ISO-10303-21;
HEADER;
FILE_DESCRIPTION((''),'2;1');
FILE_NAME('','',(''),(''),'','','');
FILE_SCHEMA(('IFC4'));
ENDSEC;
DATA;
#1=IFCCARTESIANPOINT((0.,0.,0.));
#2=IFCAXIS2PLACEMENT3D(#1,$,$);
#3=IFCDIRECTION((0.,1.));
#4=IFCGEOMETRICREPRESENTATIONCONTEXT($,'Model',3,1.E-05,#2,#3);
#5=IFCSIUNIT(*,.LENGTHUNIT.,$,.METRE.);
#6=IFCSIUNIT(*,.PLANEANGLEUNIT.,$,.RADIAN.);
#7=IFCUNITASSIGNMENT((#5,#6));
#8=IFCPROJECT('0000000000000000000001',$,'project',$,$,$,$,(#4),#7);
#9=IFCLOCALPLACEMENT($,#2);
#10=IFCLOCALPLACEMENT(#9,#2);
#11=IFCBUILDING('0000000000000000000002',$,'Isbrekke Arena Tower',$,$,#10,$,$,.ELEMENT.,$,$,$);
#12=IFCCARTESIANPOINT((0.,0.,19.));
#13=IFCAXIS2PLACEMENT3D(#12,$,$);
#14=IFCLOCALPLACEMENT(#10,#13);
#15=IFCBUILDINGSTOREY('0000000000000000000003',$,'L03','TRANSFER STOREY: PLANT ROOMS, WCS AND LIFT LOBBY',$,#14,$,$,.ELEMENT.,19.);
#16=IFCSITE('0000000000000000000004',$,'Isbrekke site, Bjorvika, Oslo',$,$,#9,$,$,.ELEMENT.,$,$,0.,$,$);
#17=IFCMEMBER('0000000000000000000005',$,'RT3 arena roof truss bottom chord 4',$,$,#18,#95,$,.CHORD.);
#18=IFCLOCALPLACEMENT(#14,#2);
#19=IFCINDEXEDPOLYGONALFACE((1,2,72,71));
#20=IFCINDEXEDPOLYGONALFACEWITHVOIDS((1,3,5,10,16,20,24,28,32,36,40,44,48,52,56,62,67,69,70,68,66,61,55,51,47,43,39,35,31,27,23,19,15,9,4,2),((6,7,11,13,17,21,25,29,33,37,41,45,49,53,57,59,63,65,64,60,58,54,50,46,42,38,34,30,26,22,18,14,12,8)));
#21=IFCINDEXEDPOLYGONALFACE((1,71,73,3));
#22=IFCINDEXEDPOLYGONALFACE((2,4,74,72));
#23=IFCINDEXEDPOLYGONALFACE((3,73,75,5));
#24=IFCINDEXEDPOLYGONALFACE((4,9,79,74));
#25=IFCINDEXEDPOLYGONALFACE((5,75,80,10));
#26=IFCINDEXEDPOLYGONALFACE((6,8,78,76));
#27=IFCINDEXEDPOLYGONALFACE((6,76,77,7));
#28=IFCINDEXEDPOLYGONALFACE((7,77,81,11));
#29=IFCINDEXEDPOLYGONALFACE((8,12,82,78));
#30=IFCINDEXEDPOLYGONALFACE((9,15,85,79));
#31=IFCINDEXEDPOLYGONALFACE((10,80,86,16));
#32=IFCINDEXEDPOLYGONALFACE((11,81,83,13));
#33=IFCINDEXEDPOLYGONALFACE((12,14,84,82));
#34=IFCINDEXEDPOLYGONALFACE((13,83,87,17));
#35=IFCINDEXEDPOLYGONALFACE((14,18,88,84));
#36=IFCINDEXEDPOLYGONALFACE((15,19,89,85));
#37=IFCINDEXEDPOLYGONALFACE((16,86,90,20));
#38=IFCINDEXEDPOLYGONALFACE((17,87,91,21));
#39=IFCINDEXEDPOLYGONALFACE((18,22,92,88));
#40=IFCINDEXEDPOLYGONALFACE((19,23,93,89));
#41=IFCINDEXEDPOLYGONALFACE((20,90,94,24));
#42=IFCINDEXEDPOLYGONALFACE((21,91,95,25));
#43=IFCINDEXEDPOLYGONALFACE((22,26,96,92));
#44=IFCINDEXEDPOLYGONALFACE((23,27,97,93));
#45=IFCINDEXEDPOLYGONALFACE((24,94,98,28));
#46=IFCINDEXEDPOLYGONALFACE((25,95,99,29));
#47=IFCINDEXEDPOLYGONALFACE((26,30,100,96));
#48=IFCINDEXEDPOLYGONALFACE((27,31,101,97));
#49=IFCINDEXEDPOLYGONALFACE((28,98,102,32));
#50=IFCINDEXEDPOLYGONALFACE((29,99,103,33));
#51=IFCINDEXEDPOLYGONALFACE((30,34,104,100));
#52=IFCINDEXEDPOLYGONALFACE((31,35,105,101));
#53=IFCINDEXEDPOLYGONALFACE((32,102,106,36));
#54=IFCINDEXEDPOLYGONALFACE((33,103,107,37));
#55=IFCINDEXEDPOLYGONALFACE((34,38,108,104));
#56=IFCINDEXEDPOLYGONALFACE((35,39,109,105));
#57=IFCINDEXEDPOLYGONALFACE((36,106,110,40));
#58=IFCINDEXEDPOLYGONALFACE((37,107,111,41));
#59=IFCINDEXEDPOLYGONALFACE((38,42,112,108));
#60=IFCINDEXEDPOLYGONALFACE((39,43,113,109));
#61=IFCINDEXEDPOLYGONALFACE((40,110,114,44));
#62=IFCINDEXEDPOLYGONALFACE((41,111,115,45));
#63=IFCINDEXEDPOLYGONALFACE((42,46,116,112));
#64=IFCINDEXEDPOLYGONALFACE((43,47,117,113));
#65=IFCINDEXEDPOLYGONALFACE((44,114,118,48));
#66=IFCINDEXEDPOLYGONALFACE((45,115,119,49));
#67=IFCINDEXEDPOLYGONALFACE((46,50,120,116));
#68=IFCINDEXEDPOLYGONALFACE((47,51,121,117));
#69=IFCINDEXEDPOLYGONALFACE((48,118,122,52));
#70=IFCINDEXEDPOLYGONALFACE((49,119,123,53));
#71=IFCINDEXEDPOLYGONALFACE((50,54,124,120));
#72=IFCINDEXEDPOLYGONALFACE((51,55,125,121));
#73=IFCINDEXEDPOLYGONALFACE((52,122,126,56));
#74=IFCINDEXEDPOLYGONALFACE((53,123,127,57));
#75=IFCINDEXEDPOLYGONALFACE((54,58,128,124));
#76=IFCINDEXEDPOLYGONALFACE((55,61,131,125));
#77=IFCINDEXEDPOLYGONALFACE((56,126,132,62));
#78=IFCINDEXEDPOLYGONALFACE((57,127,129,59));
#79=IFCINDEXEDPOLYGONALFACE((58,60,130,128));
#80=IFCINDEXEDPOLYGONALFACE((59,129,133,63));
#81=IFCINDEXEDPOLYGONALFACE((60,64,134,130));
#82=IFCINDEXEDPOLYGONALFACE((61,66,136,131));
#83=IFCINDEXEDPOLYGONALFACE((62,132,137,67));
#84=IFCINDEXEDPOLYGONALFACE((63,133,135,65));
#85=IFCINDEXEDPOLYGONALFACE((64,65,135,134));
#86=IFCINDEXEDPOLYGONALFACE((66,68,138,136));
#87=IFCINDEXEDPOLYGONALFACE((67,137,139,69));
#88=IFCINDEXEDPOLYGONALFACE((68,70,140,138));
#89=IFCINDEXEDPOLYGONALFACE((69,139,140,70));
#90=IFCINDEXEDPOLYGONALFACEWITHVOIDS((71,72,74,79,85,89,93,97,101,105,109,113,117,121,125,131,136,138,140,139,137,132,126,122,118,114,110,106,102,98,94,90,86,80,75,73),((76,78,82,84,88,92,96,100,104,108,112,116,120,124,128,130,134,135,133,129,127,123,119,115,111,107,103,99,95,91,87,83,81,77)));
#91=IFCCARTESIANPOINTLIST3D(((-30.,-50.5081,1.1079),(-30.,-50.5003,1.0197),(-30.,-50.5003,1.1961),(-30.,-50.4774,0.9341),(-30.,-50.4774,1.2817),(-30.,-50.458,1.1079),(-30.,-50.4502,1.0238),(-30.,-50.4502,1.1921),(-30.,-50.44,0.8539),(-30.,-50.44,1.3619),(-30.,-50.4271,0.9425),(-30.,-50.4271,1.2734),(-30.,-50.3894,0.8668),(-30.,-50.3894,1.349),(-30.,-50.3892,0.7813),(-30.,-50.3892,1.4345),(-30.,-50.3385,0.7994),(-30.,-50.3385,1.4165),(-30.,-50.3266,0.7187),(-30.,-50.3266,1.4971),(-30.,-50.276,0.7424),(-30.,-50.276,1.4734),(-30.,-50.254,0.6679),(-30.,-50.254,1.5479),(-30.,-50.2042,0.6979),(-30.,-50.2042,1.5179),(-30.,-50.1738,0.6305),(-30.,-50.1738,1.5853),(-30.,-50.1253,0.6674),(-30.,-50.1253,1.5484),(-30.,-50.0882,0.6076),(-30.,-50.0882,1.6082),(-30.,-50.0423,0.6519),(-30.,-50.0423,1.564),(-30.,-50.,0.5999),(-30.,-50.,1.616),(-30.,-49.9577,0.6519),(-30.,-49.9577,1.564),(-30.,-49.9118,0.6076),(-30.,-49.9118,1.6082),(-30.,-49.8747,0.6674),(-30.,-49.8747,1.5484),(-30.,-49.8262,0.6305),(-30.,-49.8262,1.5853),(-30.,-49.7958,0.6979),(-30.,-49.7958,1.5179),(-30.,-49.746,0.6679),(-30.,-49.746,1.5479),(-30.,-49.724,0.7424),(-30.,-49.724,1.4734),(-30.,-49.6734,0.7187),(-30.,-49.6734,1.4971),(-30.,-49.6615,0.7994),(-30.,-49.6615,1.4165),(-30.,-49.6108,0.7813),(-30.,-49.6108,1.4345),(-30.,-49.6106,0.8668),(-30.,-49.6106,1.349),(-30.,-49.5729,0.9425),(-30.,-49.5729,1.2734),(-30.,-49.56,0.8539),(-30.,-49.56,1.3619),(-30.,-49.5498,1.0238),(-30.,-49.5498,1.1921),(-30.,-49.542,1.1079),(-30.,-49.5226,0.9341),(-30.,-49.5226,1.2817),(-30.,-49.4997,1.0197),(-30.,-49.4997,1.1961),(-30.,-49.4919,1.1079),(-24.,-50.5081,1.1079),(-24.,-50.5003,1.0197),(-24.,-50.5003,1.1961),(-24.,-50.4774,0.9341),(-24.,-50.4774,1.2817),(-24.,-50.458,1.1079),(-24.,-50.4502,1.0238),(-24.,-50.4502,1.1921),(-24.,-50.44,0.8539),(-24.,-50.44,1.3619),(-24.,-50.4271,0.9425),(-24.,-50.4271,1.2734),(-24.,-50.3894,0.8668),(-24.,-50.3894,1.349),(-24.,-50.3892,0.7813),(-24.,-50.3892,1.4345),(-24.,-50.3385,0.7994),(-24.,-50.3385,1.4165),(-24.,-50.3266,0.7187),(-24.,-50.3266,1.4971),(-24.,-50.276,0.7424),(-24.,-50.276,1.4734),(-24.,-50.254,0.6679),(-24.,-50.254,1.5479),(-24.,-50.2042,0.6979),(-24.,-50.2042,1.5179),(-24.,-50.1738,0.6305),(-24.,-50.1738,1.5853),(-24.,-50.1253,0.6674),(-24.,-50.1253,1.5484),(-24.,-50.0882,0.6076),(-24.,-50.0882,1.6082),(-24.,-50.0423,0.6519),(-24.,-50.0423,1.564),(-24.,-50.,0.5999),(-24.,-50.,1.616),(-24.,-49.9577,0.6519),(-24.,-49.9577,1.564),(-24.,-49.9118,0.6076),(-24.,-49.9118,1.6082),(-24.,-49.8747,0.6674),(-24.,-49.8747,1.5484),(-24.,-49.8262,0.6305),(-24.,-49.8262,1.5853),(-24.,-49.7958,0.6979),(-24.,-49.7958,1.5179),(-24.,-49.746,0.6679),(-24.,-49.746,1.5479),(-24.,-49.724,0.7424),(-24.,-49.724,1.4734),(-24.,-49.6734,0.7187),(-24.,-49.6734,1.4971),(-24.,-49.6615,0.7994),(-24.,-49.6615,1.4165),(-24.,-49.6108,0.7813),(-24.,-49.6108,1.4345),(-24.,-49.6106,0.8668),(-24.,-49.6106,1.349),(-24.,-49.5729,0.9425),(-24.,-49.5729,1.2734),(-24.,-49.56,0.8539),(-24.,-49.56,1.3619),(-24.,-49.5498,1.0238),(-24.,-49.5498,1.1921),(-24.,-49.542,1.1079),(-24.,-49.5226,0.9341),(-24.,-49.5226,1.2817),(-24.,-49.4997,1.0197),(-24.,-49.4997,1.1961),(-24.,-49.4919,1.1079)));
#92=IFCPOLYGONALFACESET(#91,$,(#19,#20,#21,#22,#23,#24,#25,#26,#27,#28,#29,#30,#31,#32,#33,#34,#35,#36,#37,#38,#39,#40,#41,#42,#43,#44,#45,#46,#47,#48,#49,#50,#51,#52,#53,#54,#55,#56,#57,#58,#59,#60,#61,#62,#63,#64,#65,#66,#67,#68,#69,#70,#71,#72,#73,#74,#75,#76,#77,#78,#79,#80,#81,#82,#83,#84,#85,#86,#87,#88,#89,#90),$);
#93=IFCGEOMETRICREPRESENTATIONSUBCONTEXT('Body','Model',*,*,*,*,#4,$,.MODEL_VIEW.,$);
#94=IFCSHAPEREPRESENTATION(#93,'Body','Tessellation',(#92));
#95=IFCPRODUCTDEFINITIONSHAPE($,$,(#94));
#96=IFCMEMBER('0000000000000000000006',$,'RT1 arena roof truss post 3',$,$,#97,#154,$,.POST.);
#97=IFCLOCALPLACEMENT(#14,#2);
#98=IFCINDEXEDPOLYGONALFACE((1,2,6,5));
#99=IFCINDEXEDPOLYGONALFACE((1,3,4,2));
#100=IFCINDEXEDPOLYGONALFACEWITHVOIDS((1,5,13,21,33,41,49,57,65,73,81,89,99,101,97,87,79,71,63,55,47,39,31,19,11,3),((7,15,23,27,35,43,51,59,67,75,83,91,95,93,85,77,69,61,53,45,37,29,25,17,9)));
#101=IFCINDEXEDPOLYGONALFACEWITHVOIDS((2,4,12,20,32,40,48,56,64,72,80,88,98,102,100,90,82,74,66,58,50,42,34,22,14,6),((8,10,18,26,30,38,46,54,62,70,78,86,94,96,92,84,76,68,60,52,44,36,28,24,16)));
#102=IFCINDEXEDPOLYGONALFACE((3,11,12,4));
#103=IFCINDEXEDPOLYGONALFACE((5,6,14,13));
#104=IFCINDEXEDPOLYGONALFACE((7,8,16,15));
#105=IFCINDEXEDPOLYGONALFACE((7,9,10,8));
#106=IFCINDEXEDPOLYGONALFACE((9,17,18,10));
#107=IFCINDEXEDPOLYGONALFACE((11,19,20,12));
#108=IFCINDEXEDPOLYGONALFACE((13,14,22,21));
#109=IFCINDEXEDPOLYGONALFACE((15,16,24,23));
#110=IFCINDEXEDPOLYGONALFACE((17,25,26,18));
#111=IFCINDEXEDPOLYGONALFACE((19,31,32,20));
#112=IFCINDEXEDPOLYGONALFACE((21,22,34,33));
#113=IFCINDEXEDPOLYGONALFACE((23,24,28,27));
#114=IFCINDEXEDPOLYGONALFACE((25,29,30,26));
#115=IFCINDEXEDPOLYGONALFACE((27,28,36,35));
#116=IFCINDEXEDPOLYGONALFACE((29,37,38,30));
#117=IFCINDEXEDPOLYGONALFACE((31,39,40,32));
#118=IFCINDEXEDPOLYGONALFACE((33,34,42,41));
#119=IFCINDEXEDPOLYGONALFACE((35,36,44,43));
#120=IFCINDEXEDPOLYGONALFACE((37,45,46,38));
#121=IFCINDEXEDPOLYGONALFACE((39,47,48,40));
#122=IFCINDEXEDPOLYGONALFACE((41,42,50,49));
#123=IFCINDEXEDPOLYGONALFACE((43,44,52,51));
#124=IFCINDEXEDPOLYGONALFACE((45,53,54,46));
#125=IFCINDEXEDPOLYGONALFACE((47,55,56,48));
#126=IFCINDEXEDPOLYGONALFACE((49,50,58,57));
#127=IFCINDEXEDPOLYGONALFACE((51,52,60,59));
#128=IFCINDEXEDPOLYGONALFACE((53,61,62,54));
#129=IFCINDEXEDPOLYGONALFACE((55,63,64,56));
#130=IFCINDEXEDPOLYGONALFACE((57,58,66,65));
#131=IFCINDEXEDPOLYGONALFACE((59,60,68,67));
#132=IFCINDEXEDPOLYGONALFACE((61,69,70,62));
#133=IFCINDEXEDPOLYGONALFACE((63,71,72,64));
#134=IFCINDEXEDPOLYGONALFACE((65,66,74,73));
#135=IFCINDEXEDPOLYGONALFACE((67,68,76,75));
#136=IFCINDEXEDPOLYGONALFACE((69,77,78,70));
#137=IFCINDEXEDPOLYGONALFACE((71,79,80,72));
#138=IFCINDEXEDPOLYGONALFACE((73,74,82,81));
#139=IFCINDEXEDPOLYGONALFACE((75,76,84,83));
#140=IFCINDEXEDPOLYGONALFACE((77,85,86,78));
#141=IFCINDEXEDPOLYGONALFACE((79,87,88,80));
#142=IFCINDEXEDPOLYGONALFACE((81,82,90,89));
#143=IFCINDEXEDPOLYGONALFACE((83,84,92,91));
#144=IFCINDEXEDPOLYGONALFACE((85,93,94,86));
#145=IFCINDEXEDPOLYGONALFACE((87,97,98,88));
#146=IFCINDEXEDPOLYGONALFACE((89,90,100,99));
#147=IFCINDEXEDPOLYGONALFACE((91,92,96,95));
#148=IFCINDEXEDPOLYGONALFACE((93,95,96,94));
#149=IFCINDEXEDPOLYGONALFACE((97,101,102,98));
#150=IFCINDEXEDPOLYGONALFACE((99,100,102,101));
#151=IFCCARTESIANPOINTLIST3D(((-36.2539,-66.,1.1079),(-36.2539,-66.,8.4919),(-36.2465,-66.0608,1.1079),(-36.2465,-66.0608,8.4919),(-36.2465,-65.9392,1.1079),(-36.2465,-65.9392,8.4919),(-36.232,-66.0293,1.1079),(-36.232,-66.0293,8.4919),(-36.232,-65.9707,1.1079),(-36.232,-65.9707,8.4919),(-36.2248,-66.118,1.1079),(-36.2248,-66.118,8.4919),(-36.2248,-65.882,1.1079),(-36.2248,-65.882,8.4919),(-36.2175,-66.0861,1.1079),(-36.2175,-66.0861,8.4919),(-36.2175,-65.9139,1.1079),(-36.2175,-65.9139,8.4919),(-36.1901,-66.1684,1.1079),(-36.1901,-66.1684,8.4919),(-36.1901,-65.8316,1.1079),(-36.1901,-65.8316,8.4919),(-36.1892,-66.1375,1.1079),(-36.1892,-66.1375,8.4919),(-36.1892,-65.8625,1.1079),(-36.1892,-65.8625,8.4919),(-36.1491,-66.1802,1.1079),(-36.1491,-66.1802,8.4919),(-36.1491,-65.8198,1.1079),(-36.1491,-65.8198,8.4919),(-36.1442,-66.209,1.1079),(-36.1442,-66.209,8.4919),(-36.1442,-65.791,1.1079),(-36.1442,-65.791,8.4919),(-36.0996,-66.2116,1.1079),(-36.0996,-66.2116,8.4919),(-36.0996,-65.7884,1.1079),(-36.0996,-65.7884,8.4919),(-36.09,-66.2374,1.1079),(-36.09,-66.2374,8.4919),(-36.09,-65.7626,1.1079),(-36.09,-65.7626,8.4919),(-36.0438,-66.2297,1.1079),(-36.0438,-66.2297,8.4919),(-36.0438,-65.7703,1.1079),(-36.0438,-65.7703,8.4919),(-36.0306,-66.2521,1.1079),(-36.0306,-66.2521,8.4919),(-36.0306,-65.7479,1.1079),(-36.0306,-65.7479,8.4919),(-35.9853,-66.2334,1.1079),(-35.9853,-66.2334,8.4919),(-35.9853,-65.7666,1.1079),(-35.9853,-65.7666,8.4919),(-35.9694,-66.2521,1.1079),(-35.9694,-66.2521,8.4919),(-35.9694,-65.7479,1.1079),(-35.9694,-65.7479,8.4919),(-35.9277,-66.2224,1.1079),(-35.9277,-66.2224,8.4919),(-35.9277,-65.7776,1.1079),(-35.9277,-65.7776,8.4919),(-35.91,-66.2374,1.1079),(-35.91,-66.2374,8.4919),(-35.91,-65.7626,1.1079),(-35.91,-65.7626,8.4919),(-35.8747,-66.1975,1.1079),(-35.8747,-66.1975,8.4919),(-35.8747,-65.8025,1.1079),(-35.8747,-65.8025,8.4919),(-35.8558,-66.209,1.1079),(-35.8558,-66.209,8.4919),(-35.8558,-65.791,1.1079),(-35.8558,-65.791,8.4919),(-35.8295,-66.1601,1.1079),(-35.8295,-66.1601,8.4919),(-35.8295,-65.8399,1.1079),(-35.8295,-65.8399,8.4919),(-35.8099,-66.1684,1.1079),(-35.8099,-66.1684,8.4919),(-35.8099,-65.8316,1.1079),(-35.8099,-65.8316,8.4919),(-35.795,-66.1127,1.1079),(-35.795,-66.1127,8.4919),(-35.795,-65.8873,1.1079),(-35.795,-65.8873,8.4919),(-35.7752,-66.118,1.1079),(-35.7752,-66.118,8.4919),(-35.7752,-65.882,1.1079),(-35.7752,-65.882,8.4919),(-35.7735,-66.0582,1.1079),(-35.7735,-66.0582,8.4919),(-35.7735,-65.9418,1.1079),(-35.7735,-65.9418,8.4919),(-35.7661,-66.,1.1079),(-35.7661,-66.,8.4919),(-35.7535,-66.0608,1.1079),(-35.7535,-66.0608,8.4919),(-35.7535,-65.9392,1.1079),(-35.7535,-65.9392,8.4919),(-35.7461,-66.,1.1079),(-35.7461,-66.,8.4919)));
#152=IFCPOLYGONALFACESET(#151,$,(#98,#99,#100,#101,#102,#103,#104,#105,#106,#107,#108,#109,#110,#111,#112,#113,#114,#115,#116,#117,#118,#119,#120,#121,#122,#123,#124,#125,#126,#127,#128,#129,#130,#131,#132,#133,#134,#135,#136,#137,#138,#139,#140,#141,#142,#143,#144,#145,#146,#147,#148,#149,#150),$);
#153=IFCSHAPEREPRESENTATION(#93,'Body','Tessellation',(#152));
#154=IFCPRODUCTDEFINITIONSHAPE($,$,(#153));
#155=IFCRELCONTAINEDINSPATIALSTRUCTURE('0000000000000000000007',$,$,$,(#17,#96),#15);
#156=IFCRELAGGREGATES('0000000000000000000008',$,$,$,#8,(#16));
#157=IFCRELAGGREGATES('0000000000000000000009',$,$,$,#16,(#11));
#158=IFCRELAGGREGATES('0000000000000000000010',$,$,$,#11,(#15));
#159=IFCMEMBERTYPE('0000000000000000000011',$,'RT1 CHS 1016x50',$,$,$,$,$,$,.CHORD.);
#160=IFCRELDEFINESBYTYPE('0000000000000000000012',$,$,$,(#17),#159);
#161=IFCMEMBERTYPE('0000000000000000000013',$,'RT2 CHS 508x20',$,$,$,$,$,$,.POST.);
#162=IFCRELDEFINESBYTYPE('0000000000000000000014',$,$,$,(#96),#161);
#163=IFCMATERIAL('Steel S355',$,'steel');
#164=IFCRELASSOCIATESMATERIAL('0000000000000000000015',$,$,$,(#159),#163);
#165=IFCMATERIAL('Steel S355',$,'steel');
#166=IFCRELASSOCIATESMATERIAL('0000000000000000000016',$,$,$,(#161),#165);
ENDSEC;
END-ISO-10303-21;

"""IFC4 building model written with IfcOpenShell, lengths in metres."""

from ifc_helpers import new_model, si_unit, direction, frame, origin, origin_2d, place, context, subcontext, project, spatial, hollow_circle, extrude, material, material_profile, profile_set, type_object, element, save


model = new_model("IFC4")

# Units and contexts
model_context = context("Model", 3, precision=1e-05, world=origin(), true_north=direction((0.0, 1.0)))
body_context = subcontext(model_context, "Body", "Model", "MODEL_VIEW")
ifc_project = project(units=[si_unit("LENGTHUNIT", "METRE"), si_unit("PLANEANGLEUNIT", "RADIAN")], contexts=[model_context])

# Site, building, storey
site_placement = place(None, origin())
site = spatial("IfcSite", under=ifc_project, at=site_placement, Name="Isbrekke site, Bjorvika, Oslo", CompositionType="ELEMENT", RefElevation=0.0)
building_placement = place(site_placement, origin())
building = spatial("IfcBuilding", under=site, at=building_placement, Name="Isbrekke Arena Tower", CompositionType="ELEMENT")
storey_placement = place(building_placement, frame((0.0, 0.0, 19.0)))
storey = spatial("IfcBuildingStorey", under=building, at=storey_placement, Name="L03", Description="TRANSFER STOREY: PLANT ROOMS, WCS AND LIFT LOBBY", CompositionType="ELEMENT", Elevation=19.0)

# Members
ifc_material_1 = material(Name="Steel S355", Category="steel")
ifc_material_profile_1 = material_profile(ifc_material_1, hollow_circle(Radius=0.5081, WallThickness=0.05, at=origin_2d()), Name="CHS 1016x50")
ifc_profile_set_1 = profile_set([ifc_material_profile_1], Name="Steel S355")
member_type_1 = type_object("IfcMemberType", Name="RT1 CHS 1016x50", PredefinedType="CHORD", material=ifc_profile_set_1)
for number, where, z_axis, x_axis, name in (
    (1, (-30.0, -50.0, 1.1079), (1.0, 0.0, 0.0), (0.0, 1.0, 0.0), "RT3 arena roof truss bottom chord 4"),
):
    element("IfcMember", number, at=place(storey_placement, frame(where, z_axis=z_axis, x_axis=x_axis)), inside=storey, type_object=member_type_1, Name=name, PredefinedType="CHORD", context=body_context, shape_type="SweptSolid", body=[
        extrude(hollow_circle(Radius=0.5081, WallThickness=0.05, at=origin_2d()), origin(), (0.0, 0.0, 1.0), 6.0),
    ])
ifc_material_2 = material(Name="Steel S355", Category="steel")
ifc_material_profile_2 = material_profile(ifc_material_2, hollow_circle(Radius=0.2539, WallThickness=0.02, at=origin_2d()), Name="CHS 508x20")
ifc_profile_set_2 = profile_set([ifc_material_profile_2], Name="Steel S355")
member_type_2 = type_object("IfcMemberType", Name="RT2 CHS 508x20", PredefinedType="POST", material=ifc_profile_set_2)
for number, where, z_axis, x_axis, name in (
    (2, (-36.0, -66.0, 1.1079), (0.0, 0.0, 1.0), (1.0, 0.0, 0.0), "RT1 arena roof truss post 3"),
):
    element("IfcMember", number, at=place(storey_placement, frame(where, z_axis=z_axis, x_axis=x_axis)), inside=storey, type_object=member_type_2, Name=name, PredefinedType="POST", context=body_context, shape_type="SweptSolid", body=[
        extrude(hollow_circle(Radius=0.2539, WallThickness=0.02, at=origin_2d()), origin(), (0.0, 0.0, 1.0), 7.384),
    ])

save(model, "model.ifc")
